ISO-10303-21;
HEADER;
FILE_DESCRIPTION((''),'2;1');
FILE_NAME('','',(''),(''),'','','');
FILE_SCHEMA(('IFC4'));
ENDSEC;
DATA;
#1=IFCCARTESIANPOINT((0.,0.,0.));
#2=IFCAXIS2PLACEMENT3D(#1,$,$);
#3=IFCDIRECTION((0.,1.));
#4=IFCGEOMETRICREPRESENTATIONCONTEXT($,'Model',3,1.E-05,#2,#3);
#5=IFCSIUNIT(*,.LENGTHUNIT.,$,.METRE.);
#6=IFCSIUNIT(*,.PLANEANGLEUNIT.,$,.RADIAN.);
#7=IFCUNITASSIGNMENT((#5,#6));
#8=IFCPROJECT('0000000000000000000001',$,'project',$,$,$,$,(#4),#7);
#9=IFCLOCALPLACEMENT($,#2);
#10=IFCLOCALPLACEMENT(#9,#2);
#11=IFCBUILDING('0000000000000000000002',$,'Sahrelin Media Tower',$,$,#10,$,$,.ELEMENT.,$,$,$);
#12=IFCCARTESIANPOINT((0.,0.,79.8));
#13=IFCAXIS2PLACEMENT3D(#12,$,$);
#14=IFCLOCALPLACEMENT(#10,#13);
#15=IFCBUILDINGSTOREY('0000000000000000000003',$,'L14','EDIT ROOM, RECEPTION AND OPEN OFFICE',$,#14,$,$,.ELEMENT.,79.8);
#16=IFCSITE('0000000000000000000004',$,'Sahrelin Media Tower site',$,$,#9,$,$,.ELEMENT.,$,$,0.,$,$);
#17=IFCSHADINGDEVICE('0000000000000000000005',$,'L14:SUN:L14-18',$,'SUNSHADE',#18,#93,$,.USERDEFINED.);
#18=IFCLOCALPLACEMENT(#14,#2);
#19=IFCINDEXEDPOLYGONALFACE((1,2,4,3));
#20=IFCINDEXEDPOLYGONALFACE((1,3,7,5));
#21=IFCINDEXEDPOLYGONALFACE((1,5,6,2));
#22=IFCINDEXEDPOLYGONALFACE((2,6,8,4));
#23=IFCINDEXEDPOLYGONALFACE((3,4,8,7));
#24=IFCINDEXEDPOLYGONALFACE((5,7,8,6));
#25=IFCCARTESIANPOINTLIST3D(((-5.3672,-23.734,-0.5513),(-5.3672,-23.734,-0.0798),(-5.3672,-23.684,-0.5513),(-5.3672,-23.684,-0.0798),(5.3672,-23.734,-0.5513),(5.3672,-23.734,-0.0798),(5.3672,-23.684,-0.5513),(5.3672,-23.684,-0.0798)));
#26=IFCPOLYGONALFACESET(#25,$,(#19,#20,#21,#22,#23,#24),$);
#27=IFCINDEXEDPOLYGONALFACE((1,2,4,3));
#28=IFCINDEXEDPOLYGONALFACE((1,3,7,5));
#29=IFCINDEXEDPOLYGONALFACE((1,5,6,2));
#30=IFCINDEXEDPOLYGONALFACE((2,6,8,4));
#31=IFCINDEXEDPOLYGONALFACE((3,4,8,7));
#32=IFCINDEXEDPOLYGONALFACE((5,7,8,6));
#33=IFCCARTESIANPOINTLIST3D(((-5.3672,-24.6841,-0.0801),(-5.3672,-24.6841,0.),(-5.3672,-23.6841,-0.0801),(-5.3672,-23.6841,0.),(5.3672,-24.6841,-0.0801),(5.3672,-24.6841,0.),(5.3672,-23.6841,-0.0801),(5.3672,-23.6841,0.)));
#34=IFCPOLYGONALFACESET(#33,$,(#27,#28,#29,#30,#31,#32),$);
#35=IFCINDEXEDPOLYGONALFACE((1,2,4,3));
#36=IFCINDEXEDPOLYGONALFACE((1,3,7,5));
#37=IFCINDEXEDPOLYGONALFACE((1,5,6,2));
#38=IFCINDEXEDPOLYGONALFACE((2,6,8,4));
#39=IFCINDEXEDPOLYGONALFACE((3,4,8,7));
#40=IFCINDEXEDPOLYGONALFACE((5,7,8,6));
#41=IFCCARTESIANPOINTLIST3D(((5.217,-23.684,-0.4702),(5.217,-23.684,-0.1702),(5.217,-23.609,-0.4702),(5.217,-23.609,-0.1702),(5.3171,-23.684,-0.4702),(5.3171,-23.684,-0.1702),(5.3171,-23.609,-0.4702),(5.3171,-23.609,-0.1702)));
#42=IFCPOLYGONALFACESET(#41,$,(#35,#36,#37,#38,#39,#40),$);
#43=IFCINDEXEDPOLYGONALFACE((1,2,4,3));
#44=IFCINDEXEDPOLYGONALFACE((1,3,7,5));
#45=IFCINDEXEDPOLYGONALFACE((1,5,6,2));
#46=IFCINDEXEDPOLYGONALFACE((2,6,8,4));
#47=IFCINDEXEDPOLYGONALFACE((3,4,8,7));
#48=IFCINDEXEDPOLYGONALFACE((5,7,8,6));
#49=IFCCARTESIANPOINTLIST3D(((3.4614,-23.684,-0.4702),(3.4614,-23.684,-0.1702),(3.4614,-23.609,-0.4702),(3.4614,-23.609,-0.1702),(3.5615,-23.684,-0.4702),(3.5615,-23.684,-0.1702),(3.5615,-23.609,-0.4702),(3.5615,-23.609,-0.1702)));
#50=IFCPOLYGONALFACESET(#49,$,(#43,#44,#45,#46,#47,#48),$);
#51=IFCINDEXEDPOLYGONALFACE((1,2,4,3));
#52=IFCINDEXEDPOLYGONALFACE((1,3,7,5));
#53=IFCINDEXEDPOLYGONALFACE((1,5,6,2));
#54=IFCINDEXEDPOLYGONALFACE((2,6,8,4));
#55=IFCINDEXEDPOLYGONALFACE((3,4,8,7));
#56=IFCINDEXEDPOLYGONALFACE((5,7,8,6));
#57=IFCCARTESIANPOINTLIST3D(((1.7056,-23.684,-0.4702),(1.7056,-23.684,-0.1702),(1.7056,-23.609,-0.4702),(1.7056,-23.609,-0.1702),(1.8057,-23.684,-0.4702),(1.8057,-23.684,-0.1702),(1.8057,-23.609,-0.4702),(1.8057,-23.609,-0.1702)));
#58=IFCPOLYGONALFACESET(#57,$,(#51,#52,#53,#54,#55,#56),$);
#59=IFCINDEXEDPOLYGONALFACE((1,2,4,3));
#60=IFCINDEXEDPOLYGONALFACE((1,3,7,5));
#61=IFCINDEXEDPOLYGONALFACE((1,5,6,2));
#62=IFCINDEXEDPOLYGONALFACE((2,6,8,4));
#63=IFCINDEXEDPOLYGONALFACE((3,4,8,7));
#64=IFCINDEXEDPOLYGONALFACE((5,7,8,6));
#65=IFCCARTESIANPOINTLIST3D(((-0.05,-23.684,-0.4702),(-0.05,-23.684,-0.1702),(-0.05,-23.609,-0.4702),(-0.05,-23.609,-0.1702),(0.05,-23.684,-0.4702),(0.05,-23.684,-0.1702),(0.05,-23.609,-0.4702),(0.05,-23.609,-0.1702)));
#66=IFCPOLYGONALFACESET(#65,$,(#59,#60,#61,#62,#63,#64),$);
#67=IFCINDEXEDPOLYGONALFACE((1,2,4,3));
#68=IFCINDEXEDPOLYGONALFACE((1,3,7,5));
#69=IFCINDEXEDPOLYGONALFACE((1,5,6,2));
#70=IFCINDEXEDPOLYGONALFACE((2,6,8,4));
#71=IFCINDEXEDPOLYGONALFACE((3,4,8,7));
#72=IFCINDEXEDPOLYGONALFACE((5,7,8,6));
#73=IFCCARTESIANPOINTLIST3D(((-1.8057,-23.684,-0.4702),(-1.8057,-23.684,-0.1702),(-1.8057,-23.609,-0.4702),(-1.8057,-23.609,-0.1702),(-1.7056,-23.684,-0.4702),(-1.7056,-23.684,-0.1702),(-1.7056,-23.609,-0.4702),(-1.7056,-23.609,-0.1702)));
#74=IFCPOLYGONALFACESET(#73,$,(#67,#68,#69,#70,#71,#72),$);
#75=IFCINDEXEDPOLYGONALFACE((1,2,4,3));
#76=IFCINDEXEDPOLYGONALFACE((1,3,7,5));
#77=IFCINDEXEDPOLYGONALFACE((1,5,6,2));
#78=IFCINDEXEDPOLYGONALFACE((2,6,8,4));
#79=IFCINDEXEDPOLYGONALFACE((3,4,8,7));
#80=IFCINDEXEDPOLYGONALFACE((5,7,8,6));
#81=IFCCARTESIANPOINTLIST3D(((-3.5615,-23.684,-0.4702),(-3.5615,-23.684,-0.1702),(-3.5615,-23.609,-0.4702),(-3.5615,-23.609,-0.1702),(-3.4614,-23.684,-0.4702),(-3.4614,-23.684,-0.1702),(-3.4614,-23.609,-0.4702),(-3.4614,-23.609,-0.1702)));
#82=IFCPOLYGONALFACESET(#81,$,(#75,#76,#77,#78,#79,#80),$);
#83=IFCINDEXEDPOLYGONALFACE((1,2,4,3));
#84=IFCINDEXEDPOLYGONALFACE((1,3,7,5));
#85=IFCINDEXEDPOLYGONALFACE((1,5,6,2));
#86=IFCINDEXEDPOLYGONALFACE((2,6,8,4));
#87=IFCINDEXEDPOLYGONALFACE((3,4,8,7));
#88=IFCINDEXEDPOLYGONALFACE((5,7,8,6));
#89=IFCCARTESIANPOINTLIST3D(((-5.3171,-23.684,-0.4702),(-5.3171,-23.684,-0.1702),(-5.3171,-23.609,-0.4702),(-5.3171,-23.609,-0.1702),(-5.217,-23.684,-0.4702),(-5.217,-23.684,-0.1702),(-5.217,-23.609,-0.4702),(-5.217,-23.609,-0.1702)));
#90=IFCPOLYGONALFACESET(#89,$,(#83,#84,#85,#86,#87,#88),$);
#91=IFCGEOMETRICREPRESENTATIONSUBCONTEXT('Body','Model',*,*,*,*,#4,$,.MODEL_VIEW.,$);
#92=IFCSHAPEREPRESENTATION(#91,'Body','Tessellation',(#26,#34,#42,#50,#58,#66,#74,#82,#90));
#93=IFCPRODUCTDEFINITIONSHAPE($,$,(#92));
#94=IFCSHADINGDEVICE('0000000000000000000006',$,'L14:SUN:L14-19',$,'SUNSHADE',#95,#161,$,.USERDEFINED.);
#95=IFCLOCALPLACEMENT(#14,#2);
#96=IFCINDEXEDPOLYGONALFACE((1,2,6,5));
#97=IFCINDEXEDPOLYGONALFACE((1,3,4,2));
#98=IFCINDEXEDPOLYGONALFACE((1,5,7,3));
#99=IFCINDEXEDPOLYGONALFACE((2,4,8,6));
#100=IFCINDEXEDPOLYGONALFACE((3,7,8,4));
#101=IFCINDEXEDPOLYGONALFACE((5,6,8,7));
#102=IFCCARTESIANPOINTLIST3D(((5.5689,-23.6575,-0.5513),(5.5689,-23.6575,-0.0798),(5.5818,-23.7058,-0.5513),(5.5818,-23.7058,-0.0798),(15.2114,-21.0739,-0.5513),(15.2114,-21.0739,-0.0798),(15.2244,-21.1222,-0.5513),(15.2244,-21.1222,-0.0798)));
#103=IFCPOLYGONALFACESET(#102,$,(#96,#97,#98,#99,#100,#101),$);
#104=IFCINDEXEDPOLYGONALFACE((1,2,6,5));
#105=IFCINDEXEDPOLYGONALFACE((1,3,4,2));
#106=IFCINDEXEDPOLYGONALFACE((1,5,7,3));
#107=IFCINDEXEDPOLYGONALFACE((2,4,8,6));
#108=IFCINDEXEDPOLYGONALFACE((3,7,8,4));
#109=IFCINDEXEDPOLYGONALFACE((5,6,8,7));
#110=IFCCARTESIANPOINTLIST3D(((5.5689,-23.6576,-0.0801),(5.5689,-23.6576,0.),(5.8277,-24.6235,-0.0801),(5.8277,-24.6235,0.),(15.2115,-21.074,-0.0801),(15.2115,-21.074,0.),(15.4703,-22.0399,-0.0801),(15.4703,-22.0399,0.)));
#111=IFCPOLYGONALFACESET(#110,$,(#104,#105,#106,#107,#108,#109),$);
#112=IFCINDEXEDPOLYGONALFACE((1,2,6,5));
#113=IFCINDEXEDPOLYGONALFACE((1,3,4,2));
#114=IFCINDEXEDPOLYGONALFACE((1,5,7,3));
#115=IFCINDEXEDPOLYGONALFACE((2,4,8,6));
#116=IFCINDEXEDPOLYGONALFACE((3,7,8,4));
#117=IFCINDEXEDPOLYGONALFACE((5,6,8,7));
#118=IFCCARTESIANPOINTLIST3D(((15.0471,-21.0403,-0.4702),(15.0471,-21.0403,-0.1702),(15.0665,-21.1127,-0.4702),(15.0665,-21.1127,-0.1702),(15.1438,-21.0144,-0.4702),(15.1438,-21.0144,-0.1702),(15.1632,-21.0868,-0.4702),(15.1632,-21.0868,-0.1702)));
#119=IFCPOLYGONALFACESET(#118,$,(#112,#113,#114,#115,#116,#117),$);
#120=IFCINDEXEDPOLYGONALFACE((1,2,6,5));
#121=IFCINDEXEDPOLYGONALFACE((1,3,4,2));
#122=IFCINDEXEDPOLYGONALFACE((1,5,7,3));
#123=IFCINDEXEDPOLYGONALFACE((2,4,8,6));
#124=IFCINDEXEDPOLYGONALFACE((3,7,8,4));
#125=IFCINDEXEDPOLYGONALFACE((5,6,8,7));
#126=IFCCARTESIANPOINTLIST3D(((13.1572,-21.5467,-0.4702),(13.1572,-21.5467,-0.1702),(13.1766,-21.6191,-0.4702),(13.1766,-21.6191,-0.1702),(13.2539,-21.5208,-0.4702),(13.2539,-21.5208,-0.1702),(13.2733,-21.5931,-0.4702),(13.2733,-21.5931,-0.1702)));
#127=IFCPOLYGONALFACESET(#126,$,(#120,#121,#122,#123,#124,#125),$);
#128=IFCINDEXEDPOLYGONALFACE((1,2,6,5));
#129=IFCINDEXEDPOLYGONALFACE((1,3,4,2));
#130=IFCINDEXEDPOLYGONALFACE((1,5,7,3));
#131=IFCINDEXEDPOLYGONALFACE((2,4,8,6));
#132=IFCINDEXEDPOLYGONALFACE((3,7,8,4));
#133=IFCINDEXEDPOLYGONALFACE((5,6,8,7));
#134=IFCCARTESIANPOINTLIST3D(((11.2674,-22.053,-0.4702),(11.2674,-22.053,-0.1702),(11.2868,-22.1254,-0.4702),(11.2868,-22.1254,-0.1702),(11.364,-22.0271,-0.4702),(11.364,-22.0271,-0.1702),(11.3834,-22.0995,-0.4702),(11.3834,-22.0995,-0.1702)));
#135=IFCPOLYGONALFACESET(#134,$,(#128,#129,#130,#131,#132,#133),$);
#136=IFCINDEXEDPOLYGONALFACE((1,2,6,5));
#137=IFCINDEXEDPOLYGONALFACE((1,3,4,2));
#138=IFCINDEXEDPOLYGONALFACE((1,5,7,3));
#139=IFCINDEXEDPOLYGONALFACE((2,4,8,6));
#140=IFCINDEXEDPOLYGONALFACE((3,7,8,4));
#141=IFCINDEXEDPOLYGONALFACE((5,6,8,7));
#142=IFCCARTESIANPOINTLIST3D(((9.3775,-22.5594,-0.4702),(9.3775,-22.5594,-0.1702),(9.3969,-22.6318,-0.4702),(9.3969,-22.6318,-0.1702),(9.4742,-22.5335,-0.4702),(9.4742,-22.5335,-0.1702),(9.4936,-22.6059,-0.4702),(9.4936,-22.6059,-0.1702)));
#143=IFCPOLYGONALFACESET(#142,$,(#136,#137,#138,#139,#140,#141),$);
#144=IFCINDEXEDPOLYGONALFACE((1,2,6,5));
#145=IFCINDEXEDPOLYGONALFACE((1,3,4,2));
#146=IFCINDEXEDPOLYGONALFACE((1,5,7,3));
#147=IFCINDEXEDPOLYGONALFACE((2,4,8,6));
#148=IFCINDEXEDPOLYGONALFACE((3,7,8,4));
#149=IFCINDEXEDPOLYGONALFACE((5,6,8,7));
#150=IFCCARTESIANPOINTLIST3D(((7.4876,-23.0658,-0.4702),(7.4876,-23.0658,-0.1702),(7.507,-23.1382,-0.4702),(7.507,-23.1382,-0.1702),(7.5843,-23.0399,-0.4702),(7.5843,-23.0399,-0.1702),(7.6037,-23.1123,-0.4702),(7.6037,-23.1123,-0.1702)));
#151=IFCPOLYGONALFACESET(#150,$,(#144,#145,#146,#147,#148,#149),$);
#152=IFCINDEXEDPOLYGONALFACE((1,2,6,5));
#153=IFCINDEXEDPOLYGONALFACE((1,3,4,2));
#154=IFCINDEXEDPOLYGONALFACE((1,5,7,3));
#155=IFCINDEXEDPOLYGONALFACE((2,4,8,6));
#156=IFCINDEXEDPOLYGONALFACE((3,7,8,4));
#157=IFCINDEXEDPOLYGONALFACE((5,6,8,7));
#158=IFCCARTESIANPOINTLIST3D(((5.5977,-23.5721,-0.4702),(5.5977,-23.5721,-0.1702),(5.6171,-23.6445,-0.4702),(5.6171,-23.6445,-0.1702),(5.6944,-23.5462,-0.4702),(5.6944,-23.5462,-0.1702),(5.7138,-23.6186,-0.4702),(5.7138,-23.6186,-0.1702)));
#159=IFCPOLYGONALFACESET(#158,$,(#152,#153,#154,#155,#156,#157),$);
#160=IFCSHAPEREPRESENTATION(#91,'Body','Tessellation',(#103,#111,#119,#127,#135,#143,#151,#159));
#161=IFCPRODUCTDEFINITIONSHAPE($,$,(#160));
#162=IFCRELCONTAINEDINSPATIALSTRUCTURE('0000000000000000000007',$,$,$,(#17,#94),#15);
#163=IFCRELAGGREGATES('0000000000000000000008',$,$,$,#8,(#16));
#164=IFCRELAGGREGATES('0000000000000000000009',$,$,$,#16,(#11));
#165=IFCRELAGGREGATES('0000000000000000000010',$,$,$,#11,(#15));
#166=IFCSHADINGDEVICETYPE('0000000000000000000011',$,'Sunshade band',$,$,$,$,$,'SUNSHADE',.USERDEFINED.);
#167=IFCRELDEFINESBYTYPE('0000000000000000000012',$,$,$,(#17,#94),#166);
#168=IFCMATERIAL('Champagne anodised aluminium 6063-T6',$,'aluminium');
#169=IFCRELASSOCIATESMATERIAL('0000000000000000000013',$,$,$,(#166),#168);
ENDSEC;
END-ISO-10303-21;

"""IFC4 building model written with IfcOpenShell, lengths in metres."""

from ifc_helpers import new_model, si_unit, direction, frame, origin, origin_2d, place, context, subcontext, project, spatial, rectangle, extrude, material, type_object, element, save


model = new_model("IFC4")

# Units and contexts
model_context = context("Model", 3, precision=1e-05, world=origin(), true_north=direction((0.0, 1.0)))
body_context = subcontext(model_context, "Body", "Model", "MODEL_VIEW")
ifc_project = project(units=[si_unit("LENGTHUNIT", "METRE"), si_unit("PLANEANGLEUNIT", "RADIAN")], contexts=[model_context])

# Site, building, storey
site_placement = place(None, origin())
site = spatial("IfcSite", under=ifc_project, at=site_placement, Name="Sahrelin Media Tower site", CompositionType="ELEMENT", RefElevation=0.0)
building_placement = place(site_placement, origin())
building = spatial("IfcBuilding", under=site, at=building_placement, Name="Sahrelin Media Tower", CompositionType="ELEMENT")
storey_placement = place(building_placement, frame((0.0, 0.0, 79.8)))
storey = spatial("IfcBuildingStorey", under=building, at=storey_placement, Name="L14", Description="EDIT ROOM, RECEPTION AND OPEN OFFICE", CompositionType="ELEMENT", Elevation=79.8)

# Shared definitions
ifc_material_1 = material(Name="Champagne anodised aluminium 6063-T6", Category="aluminium")

# Shading devices
placement_1 = place(storey_placement, frame((0.0, -23.6641, 0.0), z_axis=(0.0, 0.0, 1.0), x_axis=(-1.0, 0.0, 0.0)))
placement_2 = place(storey_placement, frame((10.385, -22.3464, 0.0), z_axis=(0.0, 0.0, 1.0), x_axis=(-0.965929, -0.258808, 0.0)))
shading_device_type_1 = type_object("IfcShadingDeviceType", Name="Sunshade band", ElementType="SUNSHADE", PredefinedType="USERDEFINED", material=ifc_material_1)
element("IfcShadingDevice", 1, at=placement_1, inside=storey, type_object=shading_device_type_1, Name="L14:SUN:L14-18", ObjectType="SUNSHADE", PredefinedType="USERDEFINED", context=body_context, shape_type="SweptSolid", body=[
    extrude(rectangle(XDim=10.7344, YDim=0.05, at=origin_2d()), frame((0.0, 0.0449, -0.5513)), (0.0, 0.0, 1.0), 0.4714),
    extrude(rectangle(XDim=10.7344, YDim=1.0, at=origin_2d()), frame((0.0, 0.52, -0.0801)), (0.0, 0.0, 1.0), 0.0801),
    extrude(rectangle(XDim=0.1001, YDim=0.075, at=origin_2d()), frame((-5.2671, -0.0176, -0.4702)), (0.0, 0.0, 1.0), 0.3),
    extrude(rectangle(XDim=0.1001, YDim=0.075, at=origin_2d()), frame((-3.5115, -0.0176, -0.4702)), (0.0, 0.0, 1.0), 0.3),
    extrude(rectangle(XDim=0.1001, YDim=0.075, at=origin_2d()), frame((-1.7556, -0.0176, -0.4702)), (0.0, 0.0, 1.0), 0.3),
    extrude(rectangle(XDim=0.1001, YDim=0.075, at=origin_2d()), frame((0.0, -0.0176, -0.4702)), (0.0, 0.0, 1.0), 0.3),
    extrude(rectangle(XDim=0.1001, YDim=0.075, at=origin_2d()), frame((1.7556, -0.0176, -0.4702)), (0.0, 0.0, 1.0), 0.3),
    extrude(rectangle(XDim=0.1001, YDim=0.075, at=origin_2d()), frame((3.5115, -0.0176, -0.4702)), (0.0, 0.0, 1.0), 0.3),
    extrude(rectangle(XDim=0.1001, YDim=0.075, at=origin_2d()), frame((5.2671, -0.0176, -0.4702)), (0.0, 0.0, 1.0), 0.3),
])
element("IfcShadingDevice", 2, at=placement_2, inside=storey, type_object=shading_device_type_1, Name="L14:SUN:L14-19", ObjectType="SUNSHADE", PredefinedType="USERDEFINED", context=body_context, shape_type="SweptSolid", body=[
    extrude(rectangle(XDim=9.9827, YDim=0.05, at=origin_2d()), frame((0.0, 0.0449, -0.5513)), (0.0, 0.0, 1.0), 0.4714),
    extrude(rectangle(XDim=9.9827, YDim=1.0, at=origin_2d()), frame((0.0, 0.52, -0.0801)), (0.0, 0.0, 1.0), 0.0801),
    extrude(rectangle(XDim=0.1001, YDim=0.075, at=origin_2d()), frame((-4.8914, -0.0176, -0.4702)), (0.0, 0.0, 1.0), 0.3),
    extrude(rectangle(XDim=0.1001, YDim=0.075, at=origin_2d()), frame((-2.9348, -0.0176, -0.4702)), (0.0, 0.0, 1.0), 0.3),
    extrude(rectangle(XDim=0.1001, YDim=0.075, at=origin_2d()), frame((-0.9783, -0.0176, -0.4702)), (0.0, 0.0, 1.0), 0.3),
    extrude(rectangle(XDim=0.1001, YDim=0.075, at=origin_2d()), frame((0.9783, -0.0176, -0.4702)), (0.0, 0.0, 1.0), 0.3),
    extrude(rectangle(XDim=0.1001, YDim=0.075, at=origin_2d()), frame((2.9348, -0.0176, -0.4702)), (0.0, 0.0, 1.0), 0.3),
    extrude(rectangle(XDim=0.1001, YDim=0.075, at=origin_2d()), frame((4.8914, -0.0176, -0.4702)), (0.0, 0.0, 1.0), 0.3),
])

save(model, "model.ifc")
